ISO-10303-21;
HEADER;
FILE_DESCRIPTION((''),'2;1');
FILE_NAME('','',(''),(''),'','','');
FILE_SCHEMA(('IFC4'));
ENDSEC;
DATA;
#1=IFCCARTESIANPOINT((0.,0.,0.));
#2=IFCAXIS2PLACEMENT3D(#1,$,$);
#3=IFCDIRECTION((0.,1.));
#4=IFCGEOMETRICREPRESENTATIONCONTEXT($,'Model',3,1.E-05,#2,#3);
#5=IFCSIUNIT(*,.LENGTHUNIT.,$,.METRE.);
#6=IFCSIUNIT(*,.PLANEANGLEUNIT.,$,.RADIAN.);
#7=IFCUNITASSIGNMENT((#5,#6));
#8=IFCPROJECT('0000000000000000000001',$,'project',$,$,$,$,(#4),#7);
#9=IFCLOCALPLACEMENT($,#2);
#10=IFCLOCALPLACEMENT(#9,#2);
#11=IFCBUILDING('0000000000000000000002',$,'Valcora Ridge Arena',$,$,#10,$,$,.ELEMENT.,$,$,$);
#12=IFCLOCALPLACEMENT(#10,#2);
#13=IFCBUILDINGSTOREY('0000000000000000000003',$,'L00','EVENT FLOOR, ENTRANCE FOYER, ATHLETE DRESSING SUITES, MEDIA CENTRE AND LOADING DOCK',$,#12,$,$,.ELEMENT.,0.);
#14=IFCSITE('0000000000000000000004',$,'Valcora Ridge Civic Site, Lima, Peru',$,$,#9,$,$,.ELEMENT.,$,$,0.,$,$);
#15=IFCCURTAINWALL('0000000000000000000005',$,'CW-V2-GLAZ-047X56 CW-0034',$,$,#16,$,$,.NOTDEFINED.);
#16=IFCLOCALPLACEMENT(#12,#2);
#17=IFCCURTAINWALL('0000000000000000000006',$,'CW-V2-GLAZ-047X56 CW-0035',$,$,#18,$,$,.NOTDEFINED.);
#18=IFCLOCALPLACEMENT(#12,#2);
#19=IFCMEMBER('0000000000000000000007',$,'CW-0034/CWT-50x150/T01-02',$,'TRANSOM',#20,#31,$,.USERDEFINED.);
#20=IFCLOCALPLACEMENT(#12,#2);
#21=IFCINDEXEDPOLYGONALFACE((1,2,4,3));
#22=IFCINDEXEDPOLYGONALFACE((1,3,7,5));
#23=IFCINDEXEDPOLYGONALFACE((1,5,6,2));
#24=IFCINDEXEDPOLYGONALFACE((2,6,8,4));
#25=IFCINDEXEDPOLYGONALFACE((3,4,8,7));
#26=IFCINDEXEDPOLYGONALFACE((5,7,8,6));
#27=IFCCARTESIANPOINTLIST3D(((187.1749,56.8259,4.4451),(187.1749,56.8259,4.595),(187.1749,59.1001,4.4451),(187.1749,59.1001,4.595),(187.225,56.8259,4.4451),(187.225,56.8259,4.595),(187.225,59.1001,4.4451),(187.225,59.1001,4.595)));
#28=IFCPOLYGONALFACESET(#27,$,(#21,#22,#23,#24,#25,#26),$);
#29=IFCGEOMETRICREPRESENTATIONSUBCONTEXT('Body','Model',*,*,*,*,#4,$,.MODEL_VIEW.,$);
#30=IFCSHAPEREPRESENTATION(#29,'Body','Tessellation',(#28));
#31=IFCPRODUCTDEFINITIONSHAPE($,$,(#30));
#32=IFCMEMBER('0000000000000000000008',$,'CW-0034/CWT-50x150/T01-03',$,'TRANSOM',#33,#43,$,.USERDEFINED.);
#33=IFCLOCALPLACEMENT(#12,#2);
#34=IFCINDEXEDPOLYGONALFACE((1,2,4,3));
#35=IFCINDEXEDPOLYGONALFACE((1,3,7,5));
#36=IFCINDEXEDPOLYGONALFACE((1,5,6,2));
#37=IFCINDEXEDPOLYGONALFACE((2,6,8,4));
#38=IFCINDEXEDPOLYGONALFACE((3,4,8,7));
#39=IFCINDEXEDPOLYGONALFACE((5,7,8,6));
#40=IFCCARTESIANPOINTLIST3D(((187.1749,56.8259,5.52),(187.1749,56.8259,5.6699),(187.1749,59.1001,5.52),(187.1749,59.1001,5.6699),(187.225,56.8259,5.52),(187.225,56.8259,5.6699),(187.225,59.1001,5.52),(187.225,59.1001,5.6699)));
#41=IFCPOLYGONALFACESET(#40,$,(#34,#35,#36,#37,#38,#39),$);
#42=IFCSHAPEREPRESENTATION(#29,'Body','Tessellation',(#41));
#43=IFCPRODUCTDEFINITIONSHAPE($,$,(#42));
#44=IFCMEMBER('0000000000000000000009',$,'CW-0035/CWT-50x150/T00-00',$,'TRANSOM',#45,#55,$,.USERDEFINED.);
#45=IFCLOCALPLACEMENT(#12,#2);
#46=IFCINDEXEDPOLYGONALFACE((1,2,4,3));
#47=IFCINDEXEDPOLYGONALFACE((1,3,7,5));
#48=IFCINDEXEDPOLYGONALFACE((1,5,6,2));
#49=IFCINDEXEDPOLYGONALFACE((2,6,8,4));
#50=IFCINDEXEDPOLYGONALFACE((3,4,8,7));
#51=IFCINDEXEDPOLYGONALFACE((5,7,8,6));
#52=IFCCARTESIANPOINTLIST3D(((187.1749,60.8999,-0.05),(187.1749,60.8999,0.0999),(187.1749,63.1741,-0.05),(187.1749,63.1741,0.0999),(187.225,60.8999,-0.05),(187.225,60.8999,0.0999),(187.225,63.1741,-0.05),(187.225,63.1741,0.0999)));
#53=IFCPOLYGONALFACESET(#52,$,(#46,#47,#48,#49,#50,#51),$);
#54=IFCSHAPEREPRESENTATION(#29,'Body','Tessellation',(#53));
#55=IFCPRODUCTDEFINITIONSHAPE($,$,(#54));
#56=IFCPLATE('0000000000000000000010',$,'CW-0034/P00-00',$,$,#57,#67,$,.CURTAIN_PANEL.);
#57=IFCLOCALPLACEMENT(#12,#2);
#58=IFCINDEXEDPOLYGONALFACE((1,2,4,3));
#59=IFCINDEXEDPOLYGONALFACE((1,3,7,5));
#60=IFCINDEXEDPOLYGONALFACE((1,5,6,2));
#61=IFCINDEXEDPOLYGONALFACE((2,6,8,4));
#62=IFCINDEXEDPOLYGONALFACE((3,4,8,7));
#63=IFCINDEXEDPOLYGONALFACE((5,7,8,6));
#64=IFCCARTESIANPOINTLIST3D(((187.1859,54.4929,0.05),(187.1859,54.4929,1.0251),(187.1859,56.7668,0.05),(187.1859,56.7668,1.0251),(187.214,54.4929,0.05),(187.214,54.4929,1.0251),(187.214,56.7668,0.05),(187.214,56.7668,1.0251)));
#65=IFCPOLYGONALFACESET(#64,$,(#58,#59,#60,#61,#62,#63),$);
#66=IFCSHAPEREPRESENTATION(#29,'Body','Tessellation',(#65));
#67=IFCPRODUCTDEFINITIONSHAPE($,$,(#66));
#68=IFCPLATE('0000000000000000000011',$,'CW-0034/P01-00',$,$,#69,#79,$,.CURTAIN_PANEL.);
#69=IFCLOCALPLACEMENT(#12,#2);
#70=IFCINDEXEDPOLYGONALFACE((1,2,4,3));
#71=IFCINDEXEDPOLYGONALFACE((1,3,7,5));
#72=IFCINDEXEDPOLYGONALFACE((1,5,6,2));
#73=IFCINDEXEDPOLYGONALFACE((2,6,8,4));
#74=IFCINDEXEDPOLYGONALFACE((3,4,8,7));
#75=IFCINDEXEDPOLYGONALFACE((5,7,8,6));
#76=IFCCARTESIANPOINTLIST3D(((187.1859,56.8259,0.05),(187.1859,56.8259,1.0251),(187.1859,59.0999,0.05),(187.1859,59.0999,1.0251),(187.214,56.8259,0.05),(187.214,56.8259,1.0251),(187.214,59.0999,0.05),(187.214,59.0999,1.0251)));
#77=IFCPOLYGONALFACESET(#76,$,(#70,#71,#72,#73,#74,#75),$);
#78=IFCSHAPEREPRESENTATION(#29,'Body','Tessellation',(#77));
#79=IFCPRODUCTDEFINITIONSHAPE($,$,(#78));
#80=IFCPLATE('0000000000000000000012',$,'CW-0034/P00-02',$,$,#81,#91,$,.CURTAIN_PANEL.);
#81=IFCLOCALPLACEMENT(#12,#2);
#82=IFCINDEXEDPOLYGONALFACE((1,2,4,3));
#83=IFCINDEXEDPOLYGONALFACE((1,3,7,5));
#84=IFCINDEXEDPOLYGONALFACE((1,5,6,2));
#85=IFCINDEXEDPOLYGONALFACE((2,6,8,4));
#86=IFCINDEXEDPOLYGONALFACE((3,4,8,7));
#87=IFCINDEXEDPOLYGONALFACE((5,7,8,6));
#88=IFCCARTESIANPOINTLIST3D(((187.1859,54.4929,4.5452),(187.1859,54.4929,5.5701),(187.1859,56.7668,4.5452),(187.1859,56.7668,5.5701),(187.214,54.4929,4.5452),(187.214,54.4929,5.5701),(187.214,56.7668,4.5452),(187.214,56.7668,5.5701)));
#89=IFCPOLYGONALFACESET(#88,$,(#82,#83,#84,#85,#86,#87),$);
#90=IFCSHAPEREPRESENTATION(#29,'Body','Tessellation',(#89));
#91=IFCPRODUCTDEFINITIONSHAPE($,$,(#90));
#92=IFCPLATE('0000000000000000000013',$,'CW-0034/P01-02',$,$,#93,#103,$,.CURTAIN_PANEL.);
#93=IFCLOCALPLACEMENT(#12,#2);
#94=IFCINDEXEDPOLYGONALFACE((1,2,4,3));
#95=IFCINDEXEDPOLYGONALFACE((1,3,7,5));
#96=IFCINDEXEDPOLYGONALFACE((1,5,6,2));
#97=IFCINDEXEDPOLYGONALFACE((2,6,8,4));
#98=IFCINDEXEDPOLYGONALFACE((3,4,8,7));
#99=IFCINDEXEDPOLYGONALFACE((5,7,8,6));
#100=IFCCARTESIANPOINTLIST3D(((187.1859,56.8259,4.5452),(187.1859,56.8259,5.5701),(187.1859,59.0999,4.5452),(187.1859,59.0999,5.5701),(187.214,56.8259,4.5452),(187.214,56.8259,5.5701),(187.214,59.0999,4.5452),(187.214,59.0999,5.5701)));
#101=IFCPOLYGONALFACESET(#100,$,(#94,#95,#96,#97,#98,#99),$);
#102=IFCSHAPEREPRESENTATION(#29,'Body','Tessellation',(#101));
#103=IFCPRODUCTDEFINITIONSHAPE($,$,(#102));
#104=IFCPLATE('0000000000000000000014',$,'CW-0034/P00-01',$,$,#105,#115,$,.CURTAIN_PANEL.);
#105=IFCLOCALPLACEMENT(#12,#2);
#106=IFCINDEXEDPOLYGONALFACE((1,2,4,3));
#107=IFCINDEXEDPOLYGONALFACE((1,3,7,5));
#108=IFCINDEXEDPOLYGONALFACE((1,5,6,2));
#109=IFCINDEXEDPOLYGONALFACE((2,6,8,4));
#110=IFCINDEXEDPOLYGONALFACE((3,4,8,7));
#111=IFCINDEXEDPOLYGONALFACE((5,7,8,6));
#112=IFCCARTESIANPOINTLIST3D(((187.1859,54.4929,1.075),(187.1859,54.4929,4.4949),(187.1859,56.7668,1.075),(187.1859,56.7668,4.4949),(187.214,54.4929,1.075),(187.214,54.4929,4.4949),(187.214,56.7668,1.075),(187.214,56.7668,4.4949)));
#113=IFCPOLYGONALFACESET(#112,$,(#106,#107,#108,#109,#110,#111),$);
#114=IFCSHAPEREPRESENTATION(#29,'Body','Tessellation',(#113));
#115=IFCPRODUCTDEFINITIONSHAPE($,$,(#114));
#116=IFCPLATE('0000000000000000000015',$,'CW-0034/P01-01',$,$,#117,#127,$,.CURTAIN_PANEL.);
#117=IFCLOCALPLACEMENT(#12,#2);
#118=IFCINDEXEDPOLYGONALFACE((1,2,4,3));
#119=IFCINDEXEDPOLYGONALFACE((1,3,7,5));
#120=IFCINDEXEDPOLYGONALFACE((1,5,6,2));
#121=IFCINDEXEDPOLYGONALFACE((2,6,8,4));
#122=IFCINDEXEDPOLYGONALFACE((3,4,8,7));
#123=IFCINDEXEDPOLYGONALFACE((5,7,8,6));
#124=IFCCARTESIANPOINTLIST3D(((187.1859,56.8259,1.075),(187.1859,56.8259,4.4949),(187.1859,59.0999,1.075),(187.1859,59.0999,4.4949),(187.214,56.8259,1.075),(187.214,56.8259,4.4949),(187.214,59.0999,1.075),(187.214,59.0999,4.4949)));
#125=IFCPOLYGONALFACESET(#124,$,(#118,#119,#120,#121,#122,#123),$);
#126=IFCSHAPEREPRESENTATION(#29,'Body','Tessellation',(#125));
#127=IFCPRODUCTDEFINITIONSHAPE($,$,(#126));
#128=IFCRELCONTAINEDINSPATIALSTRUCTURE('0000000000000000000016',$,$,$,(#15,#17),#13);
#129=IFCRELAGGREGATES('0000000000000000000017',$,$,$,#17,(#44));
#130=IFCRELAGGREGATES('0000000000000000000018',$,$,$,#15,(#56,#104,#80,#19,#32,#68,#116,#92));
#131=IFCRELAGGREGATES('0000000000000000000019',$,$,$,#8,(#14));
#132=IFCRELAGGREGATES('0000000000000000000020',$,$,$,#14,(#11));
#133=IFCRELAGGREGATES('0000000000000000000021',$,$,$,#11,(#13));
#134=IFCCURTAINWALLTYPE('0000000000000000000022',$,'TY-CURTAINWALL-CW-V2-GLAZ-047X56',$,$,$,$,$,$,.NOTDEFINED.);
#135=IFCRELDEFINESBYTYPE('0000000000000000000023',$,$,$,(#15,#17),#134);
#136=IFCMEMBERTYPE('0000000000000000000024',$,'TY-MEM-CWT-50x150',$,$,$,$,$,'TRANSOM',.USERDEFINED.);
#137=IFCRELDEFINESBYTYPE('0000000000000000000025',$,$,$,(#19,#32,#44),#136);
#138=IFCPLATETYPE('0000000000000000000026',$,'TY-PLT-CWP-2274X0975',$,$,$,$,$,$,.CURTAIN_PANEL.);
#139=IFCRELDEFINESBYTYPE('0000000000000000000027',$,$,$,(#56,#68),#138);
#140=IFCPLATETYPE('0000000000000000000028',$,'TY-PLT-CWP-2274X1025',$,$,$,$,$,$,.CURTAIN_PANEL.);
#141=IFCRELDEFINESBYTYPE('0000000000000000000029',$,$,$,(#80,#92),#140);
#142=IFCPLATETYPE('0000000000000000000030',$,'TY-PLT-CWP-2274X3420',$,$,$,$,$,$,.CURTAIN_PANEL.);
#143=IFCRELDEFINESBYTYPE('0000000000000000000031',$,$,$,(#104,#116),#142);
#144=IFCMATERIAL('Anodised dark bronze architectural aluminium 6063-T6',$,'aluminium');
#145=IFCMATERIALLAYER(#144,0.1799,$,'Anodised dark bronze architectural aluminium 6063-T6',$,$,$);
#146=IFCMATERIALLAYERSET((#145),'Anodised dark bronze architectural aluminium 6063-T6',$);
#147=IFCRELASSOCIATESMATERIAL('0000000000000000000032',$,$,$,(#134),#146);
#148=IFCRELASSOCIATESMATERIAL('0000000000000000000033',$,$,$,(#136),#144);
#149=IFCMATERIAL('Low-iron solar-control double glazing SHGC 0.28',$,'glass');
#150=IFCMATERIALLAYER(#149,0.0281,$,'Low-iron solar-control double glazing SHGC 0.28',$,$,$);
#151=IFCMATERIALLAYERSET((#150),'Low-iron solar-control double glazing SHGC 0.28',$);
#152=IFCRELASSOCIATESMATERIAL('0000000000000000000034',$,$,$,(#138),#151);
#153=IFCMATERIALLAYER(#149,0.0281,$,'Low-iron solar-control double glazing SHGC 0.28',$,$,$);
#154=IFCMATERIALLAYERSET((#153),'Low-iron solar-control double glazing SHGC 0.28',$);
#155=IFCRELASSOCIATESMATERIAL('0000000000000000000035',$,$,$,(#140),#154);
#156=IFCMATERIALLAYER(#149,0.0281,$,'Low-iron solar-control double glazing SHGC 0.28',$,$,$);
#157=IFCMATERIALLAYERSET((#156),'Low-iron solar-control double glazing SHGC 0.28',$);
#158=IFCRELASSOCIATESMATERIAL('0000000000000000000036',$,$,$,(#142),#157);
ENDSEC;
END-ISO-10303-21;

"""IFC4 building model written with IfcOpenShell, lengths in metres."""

from ifc_helpers import new_model, si_unit, direction, frame, origin, origin_2d, place, context, subcontext, project, spatial, rectangle, extrude, material, layer, layer_set, material_profile, profile_set, type_object, element, aggregate, save


model = new_model("IFC4")

# Units and contexts
model_context = context("Model", 3, precision=1e-05, world=origin(), true_north=direction((0.0, 1.0)))
body_context = subcontext(model_context, "Body", "Model", "MODEL_VIEW")
ifc_project = project(units=[si_unit("LENGTHUNIT", "METRE"), si_unit("PLANEANGLEUNIT", "RADIAN")], contexts=[model_context])

# Site, building, storey
site_placement = place(None, origin())
site = spatial("IfcSite", under=ifc_project, at=site_placement, Name="Valcora Ridge Civic Site, Lima, Peru", CompositionType="ELEMENT", RefElevation=0.0)
building_placement = place(site_placement, origin())
building = spatial("IfcBuilding", under=site, at=building_placement, Name="Valcora Ridge Arena", CompositionType="ELEMENT")
storey_placement = place(building_placement, origin())
storey = spatial("IfcBuildingStorey", under=building, at=storey_placement, Name="L00", Description="EVENT FLOOR, ENTRANCE FOYER, ATHLETE DRESSING SUITES, MEDIA CENTRE AND LOADING DOCK", CompositionType="ELEMENT", Elevation=0.0)

# Curtain wall
ifc_material_1 = material(Name="Anodised dark bronze architectural aluminium 6063-T6", Category="aluminium")
ifc_layer_1 = layer(ifc_material_1, 0.1799, Name="Anodised dark bronze architectural aluminium 6063-T6")
ifc_layer_set_1 = layer_set([ifc_layer_1], Name="Anodised dark bronze architectural aluminium 6063-T6")
curtain_wall_type = type_object("IfcCurtainWallType", Name="TY-CURTAINWALL-CW-V2-GLAZ-047X56", PredefinedType="NOTDEFINED", material=ifc_layer_set_1)
curtain_wall_1_placement = place(storey_placement, origin())
curtain_wall_1 = element("IfcCurtainWall", 1, at=curtain_wall_1_placement, inside=storey, type_object=curtain_wall_type, Name="CW-V2-GLAZ-047X56 CW-0034", PredefinedType="NOTDEFINED")

# Curtain wall
curtain_wall_2_placement = place(storey_placement, origin())
curtain_wall_2 = element("IfcCurtainWall", 2, at=curtain_wall_2_placement, inside=storey, type_object=curtain_wall_type, Name="CW-V2-GLAZ-047X56 CW-0035", PredefinedType="NOTDEFINED")

# Members
ifc_material_profile_1 = material_profile(ifc_material_1, rectangle(XDim=0.05, YDim=0.1499, at=origin_2d()), Name="ALU TRANSOM 50x150")
ifc_profile_set_1 = profile_set([ifc_material_profile_1], Name="Anodised dark bronze architectural aluminium 6063-T6")
member_type_1 = type_object("IfcMemberType", Name="TY-MEM-CWT-50x150", ElementType="TRANSOM", PredefinedType="USERDEFINED", material=ifc_profile_set_1)
member_1_placement = place(storey_placement, frame((187.2, 56.8259, 4.52), z_axis=(0.0, 1.0, 0.0), x_axis=(-1.0, 0.0, 0.0)))
member_1 = element("IfcMember", 3, at=member_1_placement, type_object=member_type_1, Name="CW-0034/CWT-50x150/T01-02", ObjectType="TRANSOM", PredefinedType="USERDEFINED", context=body_context, shape_type="SweptSolid", body=[
    extrude(rectangle(XDim=0.05, YDim=0.1499, at=origin_2d()), origin(), (0.0, 0.0, 1.0), 2.2742),
])
member_2_placement = place(storey_placement, frame((187.2, 56.8259, 5.595), z_axis=(0.0, 1.0, 0.0), x_axis=(-1.0, 0.0, 0.0)))
member_2 = element("IfcMember", 4, at=member_2_placement, type_object=member_type_1, Name="CW-0034/CWT-50x150/T01-03", ObjectType="TRANSOM", PredefinedType="USERDEFINED", context=body_context, shape_type="SweptSolid", body=[
    extrude(rectangle(XDim=0.05, YDim=0.1499, at=origin_2d()), origin(), (0.0, 0.0, 1.0), 2.2742),
])
member_3_placement = place(storey_placement, frame((187.2, 60.8999, 0.0249), z_axis=(0.0, 1.0, 0.0), x_axis=(-1.0, 0.0, 0.0)))
member_3 = element("IfcMember", 5, at=member_3_placement, type_object=member_type_1, Name="CW-0035/CWT-50x150/T00-00", ObjectType="TRANSOM", PredefinedType="USERDEFINED", context=body_context, shape_type="SweptSolid", body=[
    extrude(rectangle(XDim=0.05, YDim=0.1499, at=origin_2d()), origin(), (0.0, 0.0, 1.0), 2.2742),
])
aggregate(curtain_wall_2, [member_3])

# Plates
ifc_material_2 = material(Name="Low-iron solar-control double glazing SHGC 0.28", Category="glass")
ifc_layer_2 = layer(ifc_material_2, 0.0281, Name="Low-iron solar-control double glazing SHGC 0.28")
ifc_layer_set_2 = layer_set([ifc_layer_2], Name="Low-iron solar-control double glazing SHGC 0.28")
plate_type_1 = type_object("IfcPlateType", Name="TY-PLT-CWP-2274X0975", PredefinedType="CURTAIN_PANEL", material=ifc_layer_set_2)
plate_1_placement = place(storey_placement, frame((187.2, 55.6299, 0.05), z_axis=(0.0, 0.0, 1.0), x_axis=(0.0, 1.0, 0.0)))
plate_1 = element("IfcPlate", 6, at=plate_1_placement, type_object=plate_type_1, Name="CW-0034/P00-00", PredefinedType="CURTAIN_PANEL", context=body_context, shape_type="SweptSolid", body=[
    extrude(rectangle(XDim=2.2739, YDim=0.0281, at=origin_2d()), origin(), (0.0, 0.0, 1.0), 0.9751),
])
plate_2_placement = place(storey_placement, frame((187.2, 57.9629, 0.05), z_axis=(0.0, 0.0, 1.0), x_axis=(0.0, 1.0, 0.0)))
plate_2 = element("IfcPlate", 7, at=plate_2_placement, type_object=plate_type_1, Name="CW-0034/P01-00", PredefinedType="CURTAIN_PANEL", context=body_context, shape_type="SweptSolid", body=[
    extrude(rectangle(XDim=2.2739, YDim=0.0281, at=origin_2d()), origin(), (0.0, 0.0, 1.0), 0.9751),
])
ifc_layer_3 = layer(ifc_material_2, 0.0281, Name="Low-iron solar-control double glazing SHGC 0.28")
ifc_layer_set_3 = layer_set([ifc_layer_3], Name="Low-iron solar-control double glazing SHGC 0.28")
plate_type_2 = type_object("IfcPlateType", Name="TY-PLT-CWP-2274X1025", PredefinedType="CURTAIN_PANEL", material=ifc_layer_set_3)
plate_3_placement = place(storey_placement, frame((187.2, 55.6299, 4.5452), z_axis=(0.0, 0.0, 1.0), x_axis=(0.0, 1.0, 0.0)))
plate_3 = element("IfcPlate", 8, at=plate_3_placement, type_object=plate_type_2, Name="CW-0034/P00-02", PredefinedType="CURTAIN_PANEL", context=body_context, shape_type="SweptSolid", body=[
    extrude(rectangle(XDim=2.2739, YDim=0.0281, at=origin_2d()), origin(), (0.0, 0.0, 1.0), 1.0249),
])
plate_4_placement = place(storey_placement, frame((187.2, 57.9629, 4.5452), z_axis=(0.0, 0.0, 1.0), x_axis=(0.0, 1.0, 0.0)))
plate_4 = element("IfcPlate", 9, at=plate_4_placement, type_object=plate_type_2, Name="CW-0034/P01-02", PredefinedType="CURTAIN_PANEL", context=body_context, shape_type="SweptSolid", body=[
    extrude(rectangle(XDim=2.2739, YDim=0.0281, at=origin_2d()), origin(), (0.0, 0.0, 1.0), 1.0249),
])
ifc_layer_4 = layer(ifc_material_2, 0.0281, Name="Low-iron solar-control double glazing SHGC 0.28")
ifc_layer_set_4 = layer_set([ifc_layer_4], Name="Low-iron solar-control double glazing SHGC 0.28")
plate_type_3 = type_object("IfcPlateType", Name="TY-PLT-CWP-2274X3420", PredefinedType="CURTAIN_PANEL", material=ifc_layer_set_4)
plate_5_placement = place(storey_placement, frame((187.2, 55.6299, 1.075), z_axis=(0.0, 0.0, 1.0), x_axis=(0.0, 1.0, 0.0)))
plate_5 = element("IfcPlate", 10, at=plate_5_placement, type_object=plate_type_3, Name="CW-0034/P00-01", PredefinedType="CURTAIN_PANEL", context=body_context, shape_type="SweptSolid", body=[
    extrude(rectangle(XDim=2.2739, YDim=0.0281, at=origin_2d()), origin(), (0.0, 0.0, 1.0), 3.4199),
])
plate_6_placement = place(storey_placement, frame((187.2, 57.9629, 1.075), z_axis=(0.0, 0.0, 1.0), x_axis=(0.0, 1.0, 0.0)))
plate_6 = element("IfcPlate", 11, at=plate_6_placement, type_object=plate_type_3, Name="CW-0034/P01-01", PredefinedType="CURTAIN_PANEL", context=body_context, shape_type="SweptSolid", body=[
    extrude(rectangle(XDim=2.2739, YDim=0.0281, at=origin_2d()), origin(), (0.0, 0.0, 1.0), 3.4199),
])
aggregate(curtain_wall_1, [plate_1, plate_5, plate_3, member_1, member_2, plate_2, plate_6, plate_4])

save(model, "model.ifc")
